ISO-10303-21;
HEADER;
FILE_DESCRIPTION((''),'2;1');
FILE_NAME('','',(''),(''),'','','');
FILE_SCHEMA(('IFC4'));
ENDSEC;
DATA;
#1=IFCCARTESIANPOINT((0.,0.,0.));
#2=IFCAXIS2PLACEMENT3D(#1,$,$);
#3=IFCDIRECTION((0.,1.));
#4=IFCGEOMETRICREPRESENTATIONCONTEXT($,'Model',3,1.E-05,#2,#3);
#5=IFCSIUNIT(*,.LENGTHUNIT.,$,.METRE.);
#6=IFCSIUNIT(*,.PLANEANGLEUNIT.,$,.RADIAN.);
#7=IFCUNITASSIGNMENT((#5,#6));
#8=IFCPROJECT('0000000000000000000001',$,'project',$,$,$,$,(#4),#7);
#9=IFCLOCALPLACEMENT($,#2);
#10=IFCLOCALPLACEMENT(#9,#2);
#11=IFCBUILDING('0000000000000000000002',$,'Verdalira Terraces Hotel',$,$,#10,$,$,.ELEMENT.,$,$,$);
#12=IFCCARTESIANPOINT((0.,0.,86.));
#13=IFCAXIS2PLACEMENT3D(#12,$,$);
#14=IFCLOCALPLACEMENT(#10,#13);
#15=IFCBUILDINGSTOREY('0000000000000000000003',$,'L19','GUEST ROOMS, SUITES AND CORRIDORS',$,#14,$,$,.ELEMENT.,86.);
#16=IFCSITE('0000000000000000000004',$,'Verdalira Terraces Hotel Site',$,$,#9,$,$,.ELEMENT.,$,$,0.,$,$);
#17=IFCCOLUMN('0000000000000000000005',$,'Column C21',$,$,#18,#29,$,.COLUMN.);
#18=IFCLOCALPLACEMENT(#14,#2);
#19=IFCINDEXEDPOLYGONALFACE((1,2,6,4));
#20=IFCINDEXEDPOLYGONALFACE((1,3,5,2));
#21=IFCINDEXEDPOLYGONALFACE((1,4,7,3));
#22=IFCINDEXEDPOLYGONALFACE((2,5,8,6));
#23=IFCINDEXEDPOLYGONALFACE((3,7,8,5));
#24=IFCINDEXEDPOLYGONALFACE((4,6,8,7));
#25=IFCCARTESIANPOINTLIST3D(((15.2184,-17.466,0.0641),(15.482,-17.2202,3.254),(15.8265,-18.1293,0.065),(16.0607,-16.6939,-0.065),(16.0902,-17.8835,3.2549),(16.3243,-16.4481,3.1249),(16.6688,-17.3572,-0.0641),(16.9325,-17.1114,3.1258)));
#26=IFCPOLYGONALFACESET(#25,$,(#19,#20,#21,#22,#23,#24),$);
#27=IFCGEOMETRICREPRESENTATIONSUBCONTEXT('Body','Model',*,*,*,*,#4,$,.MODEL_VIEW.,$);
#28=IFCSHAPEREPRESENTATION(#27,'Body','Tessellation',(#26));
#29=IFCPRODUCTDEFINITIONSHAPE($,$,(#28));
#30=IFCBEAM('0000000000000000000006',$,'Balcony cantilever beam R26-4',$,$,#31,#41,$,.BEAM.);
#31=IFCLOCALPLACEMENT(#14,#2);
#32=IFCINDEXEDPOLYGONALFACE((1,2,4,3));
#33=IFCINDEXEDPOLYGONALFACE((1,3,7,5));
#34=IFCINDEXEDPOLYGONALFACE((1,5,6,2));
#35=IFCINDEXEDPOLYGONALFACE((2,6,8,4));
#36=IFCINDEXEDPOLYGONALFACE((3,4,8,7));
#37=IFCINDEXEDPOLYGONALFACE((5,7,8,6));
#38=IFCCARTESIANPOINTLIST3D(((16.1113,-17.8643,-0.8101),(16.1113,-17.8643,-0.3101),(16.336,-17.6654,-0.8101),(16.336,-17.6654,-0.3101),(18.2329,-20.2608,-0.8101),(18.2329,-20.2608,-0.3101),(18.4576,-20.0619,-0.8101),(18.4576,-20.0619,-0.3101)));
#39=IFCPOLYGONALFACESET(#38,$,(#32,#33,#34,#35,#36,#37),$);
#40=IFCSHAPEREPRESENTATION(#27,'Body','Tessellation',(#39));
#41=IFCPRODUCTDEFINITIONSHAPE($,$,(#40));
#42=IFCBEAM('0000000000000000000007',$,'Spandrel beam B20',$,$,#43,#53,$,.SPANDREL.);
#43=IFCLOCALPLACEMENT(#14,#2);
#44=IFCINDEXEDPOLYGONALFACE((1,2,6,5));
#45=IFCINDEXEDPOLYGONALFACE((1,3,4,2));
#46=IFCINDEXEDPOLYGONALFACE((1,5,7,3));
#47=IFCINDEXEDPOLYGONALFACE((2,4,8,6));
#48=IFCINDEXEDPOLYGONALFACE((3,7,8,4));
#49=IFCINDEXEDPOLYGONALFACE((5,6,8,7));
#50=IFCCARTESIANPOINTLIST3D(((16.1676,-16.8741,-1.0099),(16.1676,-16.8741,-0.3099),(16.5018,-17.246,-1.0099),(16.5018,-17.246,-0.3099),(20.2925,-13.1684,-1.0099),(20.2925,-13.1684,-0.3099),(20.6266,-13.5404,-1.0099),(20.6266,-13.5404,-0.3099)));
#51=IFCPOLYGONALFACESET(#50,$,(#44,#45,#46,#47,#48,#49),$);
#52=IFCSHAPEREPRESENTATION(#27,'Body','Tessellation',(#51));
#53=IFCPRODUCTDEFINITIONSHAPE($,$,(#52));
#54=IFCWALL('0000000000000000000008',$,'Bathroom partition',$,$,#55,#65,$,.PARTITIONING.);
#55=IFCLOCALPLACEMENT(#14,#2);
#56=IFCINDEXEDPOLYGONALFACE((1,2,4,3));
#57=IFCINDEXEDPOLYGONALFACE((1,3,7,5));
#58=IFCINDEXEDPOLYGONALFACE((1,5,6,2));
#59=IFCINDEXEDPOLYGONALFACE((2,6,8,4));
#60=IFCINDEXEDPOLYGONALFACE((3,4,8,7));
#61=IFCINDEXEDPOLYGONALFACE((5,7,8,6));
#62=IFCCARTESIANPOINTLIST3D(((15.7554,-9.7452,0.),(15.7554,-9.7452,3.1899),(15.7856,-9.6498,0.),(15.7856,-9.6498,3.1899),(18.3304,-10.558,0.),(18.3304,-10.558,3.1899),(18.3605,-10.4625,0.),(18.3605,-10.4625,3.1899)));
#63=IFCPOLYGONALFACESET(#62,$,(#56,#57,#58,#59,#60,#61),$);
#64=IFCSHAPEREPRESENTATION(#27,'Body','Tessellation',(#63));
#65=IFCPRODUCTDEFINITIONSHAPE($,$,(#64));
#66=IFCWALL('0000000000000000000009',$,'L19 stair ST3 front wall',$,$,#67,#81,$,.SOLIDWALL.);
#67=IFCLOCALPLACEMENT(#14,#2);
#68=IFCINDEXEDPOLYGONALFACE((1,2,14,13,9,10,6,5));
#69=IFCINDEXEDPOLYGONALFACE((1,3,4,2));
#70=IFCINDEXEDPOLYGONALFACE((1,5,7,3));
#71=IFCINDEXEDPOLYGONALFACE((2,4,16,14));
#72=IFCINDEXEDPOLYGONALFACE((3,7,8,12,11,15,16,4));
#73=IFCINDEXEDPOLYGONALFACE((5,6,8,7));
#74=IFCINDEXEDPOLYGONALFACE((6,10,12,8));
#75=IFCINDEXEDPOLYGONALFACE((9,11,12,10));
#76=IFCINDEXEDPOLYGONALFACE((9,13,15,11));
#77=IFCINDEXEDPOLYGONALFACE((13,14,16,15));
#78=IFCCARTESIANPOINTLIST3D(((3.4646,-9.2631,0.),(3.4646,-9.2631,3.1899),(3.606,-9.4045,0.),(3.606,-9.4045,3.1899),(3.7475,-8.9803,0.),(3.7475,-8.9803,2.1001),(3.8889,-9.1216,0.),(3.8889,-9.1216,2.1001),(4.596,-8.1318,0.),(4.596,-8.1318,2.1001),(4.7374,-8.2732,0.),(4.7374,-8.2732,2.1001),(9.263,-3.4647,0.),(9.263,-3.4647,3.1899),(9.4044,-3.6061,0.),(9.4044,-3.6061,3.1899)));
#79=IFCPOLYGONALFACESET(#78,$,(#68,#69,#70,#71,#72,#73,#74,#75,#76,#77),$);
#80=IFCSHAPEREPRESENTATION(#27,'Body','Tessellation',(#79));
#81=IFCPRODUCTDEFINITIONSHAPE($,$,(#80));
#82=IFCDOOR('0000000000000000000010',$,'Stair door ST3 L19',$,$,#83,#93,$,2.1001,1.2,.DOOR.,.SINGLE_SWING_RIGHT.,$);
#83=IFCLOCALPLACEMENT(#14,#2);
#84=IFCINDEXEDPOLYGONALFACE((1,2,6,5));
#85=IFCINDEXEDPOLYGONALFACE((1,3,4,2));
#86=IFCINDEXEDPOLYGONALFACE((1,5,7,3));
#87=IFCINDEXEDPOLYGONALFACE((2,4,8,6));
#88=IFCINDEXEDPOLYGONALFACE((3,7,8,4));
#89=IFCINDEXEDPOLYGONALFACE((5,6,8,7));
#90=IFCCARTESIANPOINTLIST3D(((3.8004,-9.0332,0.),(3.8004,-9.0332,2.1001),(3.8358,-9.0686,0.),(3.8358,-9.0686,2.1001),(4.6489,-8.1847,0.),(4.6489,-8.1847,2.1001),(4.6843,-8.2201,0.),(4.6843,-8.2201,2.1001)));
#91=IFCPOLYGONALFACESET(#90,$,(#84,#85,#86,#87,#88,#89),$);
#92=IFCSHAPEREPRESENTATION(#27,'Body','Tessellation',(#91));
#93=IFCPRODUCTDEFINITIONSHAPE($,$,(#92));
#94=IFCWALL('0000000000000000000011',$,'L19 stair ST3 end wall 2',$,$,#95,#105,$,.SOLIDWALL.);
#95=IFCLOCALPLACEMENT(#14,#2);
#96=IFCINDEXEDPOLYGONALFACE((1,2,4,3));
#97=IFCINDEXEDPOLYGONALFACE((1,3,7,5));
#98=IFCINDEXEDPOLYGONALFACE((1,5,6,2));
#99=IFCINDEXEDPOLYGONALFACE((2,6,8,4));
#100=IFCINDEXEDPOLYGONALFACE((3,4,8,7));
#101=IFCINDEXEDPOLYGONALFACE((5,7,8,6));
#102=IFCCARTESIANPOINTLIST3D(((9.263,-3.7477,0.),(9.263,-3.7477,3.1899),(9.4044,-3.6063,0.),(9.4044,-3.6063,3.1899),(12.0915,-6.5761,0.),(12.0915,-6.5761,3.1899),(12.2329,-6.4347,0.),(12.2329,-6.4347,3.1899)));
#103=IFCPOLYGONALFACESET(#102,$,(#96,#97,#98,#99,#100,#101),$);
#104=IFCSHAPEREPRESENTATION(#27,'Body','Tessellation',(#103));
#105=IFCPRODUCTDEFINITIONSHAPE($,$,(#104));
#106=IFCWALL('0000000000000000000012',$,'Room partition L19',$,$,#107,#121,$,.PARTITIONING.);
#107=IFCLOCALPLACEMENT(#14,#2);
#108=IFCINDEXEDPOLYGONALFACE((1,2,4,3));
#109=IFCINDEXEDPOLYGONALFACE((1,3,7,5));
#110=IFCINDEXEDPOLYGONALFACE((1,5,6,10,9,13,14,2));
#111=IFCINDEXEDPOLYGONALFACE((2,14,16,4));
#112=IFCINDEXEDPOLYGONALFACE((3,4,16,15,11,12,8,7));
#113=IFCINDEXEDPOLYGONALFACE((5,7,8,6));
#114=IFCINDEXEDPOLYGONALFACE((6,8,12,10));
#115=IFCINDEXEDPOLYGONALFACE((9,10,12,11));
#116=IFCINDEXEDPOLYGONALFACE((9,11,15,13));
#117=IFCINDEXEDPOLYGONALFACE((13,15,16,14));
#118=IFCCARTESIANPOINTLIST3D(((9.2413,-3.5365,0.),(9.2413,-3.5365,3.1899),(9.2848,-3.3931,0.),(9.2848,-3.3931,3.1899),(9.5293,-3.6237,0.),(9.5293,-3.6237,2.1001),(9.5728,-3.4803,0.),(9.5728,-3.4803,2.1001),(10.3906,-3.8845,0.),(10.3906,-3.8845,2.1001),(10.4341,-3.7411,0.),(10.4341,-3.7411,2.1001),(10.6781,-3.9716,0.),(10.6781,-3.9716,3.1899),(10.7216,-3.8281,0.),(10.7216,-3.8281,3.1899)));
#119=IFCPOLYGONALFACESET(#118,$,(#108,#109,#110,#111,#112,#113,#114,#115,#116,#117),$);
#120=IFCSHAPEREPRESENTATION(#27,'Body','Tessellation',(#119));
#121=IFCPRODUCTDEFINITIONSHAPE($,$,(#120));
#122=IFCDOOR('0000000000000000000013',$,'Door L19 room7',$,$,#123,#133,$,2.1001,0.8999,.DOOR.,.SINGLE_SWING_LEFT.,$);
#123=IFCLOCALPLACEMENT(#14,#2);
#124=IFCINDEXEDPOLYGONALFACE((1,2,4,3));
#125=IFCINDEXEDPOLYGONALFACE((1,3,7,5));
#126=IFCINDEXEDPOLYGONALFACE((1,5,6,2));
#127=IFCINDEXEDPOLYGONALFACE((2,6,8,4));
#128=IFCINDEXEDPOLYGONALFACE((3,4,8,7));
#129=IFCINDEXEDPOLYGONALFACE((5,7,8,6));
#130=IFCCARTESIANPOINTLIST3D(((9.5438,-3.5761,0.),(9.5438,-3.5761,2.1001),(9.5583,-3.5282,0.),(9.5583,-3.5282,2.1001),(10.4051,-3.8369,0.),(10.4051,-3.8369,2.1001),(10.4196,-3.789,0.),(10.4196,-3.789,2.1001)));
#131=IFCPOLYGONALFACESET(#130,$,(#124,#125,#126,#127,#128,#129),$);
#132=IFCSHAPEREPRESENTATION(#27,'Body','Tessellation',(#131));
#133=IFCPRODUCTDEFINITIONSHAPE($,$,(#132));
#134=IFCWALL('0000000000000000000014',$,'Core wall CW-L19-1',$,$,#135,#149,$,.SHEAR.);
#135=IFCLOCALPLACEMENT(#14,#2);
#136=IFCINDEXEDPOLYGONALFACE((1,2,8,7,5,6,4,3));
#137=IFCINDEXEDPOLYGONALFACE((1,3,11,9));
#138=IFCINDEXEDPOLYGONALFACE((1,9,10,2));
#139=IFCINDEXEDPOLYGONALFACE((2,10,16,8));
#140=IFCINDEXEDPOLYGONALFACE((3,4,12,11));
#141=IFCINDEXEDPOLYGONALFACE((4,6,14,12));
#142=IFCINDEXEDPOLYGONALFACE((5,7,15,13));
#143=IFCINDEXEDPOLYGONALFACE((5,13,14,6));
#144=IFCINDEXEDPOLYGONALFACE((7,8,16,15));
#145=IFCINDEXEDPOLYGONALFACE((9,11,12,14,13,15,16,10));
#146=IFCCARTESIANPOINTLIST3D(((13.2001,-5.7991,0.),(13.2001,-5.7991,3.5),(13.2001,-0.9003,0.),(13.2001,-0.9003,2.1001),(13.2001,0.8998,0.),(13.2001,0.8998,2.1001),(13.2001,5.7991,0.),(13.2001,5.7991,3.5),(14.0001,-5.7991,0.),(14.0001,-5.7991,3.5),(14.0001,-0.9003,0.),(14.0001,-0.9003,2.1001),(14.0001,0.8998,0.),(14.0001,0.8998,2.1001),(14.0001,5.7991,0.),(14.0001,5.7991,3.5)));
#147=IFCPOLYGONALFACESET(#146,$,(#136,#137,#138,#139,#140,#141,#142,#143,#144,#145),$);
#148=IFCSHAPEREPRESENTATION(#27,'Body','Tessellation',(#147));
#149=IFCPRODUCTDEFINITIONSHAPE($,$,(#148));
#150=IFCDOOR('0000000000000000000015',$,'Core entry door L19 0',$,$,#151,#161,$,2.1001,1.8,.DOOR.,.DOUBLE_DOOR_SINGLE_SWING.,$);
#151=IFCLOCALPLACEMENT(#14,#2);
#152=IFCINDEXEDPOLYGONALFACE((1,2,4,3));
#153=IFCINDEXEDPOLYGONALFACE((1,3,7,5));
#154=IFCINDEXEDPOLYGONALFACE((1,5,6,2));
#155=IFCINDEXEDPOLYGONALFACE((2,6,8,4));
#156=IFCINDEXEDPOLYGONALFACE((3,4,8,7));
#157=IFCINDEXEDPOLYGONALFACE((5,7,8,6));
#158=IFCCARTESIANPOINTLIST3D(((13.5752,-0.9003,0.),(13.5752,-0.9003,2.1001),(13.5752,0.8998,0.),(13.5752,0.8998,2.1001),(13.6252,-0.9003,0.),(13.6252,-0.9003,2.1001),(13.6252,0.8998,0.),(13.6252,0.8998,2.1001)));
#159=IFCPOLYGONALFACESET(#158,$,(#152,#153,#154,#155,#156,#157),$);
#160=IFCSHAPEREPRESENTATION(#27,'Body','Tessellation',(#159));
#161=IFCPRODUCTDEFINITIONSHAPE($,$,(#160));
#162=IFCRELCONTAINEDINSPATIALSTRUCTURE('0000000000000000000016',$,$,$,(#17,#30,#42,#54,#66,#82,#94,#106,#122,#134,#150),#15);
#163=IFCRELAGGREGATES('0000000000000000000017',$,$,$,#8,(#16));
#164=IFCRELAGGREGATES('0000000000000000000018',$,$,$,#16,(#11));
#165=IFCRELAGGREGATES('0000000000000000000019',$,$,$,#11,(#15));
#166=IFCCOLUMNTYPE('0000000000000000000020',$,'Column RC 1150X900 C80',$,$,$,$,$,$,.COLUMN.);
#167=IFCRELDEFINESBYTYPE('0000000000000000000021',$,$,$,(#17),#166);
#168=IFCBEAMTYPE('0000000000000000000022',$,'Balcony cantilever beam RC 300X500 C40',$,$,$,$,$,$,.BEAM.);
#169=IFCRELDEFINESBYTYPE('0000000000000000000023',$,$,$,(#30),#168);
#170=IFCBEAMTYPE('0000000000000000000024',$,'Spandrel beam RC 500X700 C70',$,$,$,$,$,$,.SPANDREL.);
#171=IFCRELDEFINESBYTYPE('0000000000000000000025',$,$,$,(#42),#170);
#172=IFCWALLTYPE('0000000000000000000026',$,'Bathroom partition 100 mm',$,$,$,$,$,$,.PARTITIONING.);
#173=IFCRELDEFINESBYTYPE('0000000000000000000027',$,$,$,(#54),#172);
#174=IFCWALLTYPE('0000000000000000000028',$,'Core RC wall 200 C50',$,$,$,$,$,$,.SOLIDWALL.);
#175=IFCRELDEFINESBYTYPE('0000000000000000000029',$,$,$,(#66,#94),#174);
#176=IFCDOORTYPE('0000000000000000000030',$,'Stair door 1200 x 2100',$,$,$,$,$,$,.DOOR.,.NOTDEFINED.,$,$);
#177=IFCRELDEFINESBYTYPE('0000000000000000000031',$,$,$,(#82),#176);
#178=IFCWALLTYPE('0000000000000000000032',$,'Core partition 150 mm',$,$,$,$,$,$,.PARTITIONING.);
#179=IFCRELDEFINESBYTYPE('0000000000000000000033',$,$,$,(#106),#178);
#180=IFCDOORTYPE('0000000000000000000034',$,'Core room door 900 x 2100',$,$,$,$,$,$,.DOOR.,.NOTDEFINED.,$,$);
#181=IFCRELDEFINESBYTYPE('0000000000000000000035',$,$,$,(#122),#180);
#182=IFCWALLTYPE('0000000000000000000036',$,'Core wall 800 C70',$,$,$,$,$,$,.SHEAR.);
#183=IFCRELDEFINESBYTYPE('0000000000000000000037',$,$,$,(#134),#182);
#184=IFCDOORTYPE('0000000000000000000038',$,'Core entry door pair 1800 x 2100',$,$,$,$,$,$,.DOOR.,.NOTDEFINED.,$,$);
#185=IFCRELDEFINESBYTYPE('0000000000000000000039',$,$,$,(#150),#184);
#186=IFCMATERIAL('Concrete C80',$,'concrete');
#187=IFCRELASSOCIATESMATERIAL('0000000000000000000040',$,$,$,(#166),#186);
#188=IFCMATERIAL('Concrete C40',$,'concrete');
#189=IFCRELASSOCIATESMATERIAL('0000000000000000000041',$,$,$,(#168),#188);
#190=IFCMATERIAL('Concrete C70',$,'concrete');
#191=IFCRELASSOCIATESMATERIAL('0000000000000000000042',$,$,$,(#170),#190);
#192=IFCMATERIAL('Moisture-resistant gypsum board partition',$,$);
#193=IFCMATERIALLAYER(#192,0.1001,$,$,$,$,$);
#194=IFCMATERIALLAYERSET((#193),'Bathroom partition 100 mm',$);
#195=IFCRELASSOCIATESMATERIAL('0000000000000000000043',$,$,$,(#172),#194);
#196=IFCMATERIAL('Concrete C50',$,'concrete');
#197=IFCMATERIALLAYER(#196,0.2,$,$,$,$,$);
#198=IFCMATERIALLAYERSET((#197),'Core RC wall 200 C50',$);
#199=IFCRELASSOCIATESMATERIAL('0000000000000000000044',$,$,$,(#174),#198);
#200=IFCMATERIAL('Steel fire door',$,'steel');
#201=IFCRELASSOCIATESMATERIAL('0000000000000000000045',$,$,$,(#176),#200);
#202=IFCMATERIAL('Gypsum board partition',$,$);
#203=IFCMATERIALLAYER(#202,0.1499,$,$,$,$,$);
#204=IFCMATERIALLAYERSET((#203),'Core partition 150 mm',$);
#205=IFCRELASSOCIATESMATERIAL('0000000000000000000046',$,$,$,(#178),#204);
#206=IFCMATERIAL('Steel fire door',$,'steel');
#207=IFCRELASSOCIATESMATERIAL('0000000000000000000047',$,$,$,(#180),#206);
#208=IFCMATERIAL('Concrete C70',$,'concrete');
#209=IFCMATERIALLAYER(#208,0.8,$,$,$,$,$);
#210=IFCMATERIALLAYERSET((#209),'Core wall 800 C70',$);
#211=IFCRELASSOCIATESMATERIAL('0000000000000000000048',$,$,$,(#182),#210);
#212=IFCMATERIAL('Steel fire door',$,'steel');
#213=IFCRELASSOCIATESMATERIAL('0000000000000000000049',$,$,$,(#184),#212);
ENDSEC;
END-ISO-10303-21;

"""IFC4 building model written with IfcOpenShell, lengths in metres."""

from ifc_helpers import new_model, si_unit, direction, frame, frame_2d, origin, origin_2d, place, context, subcontext, project, spatial, rectangle, extrude, material, layer, layer_set, material_profile, profile_set, type_object, element, fill, save


model = new_model("IFC4")

# Units and contexts
model_context = context("Model", 3, precision=1e-05, world=origin(), true_north=direction((0.0, 1.0)))
body_context = subcontext(model_context, "Body", "Model", "MODEL_VIEW")
ifc_project = project(units=[si_unit("LENGTHUNIT", "METRE"), si_unit("PLANEANGLEUNIT", "RADIAN")], contexts=[model_context])

# Site, building, storey
site_placement = place(None, origin())
site = spatial("IfcSite", under=ifc_project, at=site_placement, Name="Verdalira Terraces Hotel Site", CompositionType="ELEMENT", RefElevation=0.0)
building_placement = place(site_placement, origin())
building = spatial("IfcBuilding", under=site, at=building_placement, Name="Verdalira Terraces Hotel", CompositionType="ELEMENT")
storey_placement = place(building_placement, frame((0.0, 0.0, 86.0)))
storey = spatial("IfcBuildingStorey", under=building, at=storey_placement, Name="L19", Description="GUEST ROOMS, SUITES AND CORRIDORS", CompositionType="ELEMENT", Elevation=86.0)

# Column
ifc_material_1 = material(Name="Concrete C80", Category="concrete")
ifc_material_profile_1 = material_profile(ifc_material_1, rectangle(XDim=1.1499, YDim=0.8999, at=origin_2d()), Name="RC 1150X900")
ifc_profile_set_1 = profile_set([ifc_material_profile_1], Name="Concrete C80")
column_type = type_object("IfcColumnType", Name="Column RC 1150X900 C80", PredefinedType="COLUMN", material=ifc_profile_set_1)
column_placement = place(storey_placement, frame((15.9436, -17.4116, 0.0), z_axis=(0.082134, 0.076583, 0.993675), x_axis=(0.732491, 0.671452, -0.112295)))
element("IfcColumn", 1, at=column_placement, inside=storey, type_object=column_type, Name="Column C21", PredefinedType="COLUMN", context=body_context, shape_type="SweptSolid", body=[
    extrude(rectangle(XDim=1.1499, YDim=0.8999, at=origin_2d()), origin(), (0.0, 0.0, 1.0), 3.2102),
])

# Beams
ifc_material_2 = material(Name="Concrete C40", Category="concrete")
ifc_material_profile_2 = material_profile(ifc_material_2, rectangle(XDim=0.3, YDim=0.5, at=origin_2d()), Name="RC 300X500")
ifc_profile_set_2 = profile_set([ifc_material_profile_2], Name="Concrete C40")
beam_type_1 = type_object("IfcBeamType", Name="Balcony cantilever beam RC 300X500 C40", PredefinedType="BEAM", material=ifc_profile_set_2)
beam_1_placement = place(storey_placement, frame((16.2236, -17.7649, -0.5601), z_axis=(0.662857, -0.748746, 0.0), x_axis=(0.748746, 0.662857, 0.0)))
element("IfcBeam", 2, at=beam_1_placement, inside=storey, type_object=beam_type_1, Name="Balcony cantilever beam R26-4", PredefinedType="BEAM", context=body_context, shape_type="SweptSolid", body=[
    extrude(rectangle(XDim=0.3, YDim=0.5, at=origin_2d()), origin(), (0.0, 0.0, 1.0), 3.2007),
])
ifc_material_3 = material(Name="Concrete C70", Category="concrete")
ifc_material_profile_3 = material_profile(ifc_material_3, rectangle(XDim=0.5, YDim=0.7, at=origin_2d()), Name="RC 500X700")
ifc_profile_set_3 = profile_set([ifc_material_profile_3], Name="Concrete C70")
beam_type_2 = type_object("IfcBeamType", Name="Spandrel beam RC 500X700 C70", PredefinedType="SPANDREL", material=ifc_profile_set_3)
beam_2_placement = place(storey_placement, frame((16.3347, -17.0601, -0.6599), z_axis=(0.743896, 0.668295, 0.0), x_axis=(-0.668295, 0.743896, 0.0)))
element("IfcBeam", 3, at=beam_2_placement, inside=storey, type_object=beam_type_2, Name="Spandrel beam B20", PredefinedType="SPANDREL", context=body_context, shape_type="SweptSolid", body=[
    extrude(rectangle(XDim=0.5, YDim=0.7, at=origin_2d()), origin(), (0.0, 0.0, 1.0), 5.5449),
])

# Wall
ifc_material_4 = material(Name="Moisture-resistant gypsum board partition")
ifc_layer_1 = layer(ifc_material_4, 0.1001)
ifc_layer_set_1 = layer_set([ifc_layer_1], Name="Bathroom partition 100 mm")
wall_type_1 = type_object("IfcWallType", Name="Bathroom partition 100 mm", PredefinedType="PARTITIONING", material=ifc_layer_set_1)
wall_1_placement = place(storey_placement, frame((15.7705, -9.6975, 0.0), z_axis=(0.0, 0.0, 1.0), x_axis=(0.953625, -0.300997, 0.0)))
element("IfcWall", 4, at=wall_1_placement, inside=storey, type_object=wall_type_1, Name="Bathroom partition", PredefinedType="PARTITIONING", context=body_context, shape_type="SweptSolid", body=[
    extrude(rectangle(XDim=2.7002, YDim=0.1001, at=frame_2d((1.3501, 0.0))), origin(), (0.0, 0.0, 1.0), 3.1899),
])

# Wall, opening, door
ifc_material_5 = material(Name="Concrete C50", Category="concrete")
ifc_layer_2 = layer(ifc_material_5, 0.2)
ifc_layer_set_2 = layer_set([ifc_layer_2], Name="Core RC wall 200 C50")
wall_type_2 = type_object("IfcWallType", Name="Core RC wall 200 C50", PredefinedType="SOLIDWALL", material=ifc_layer_set_2)
wall_2_placement = place(storey_placement, frame((9.3337, -3.5354, 0.0), z_axis=(0.0, 0.0, 1.0), x_axis=(-0.707107, -0.707107, 0.0)))
wall_2 = element("IfcWall", 5, at=wall_2_placement, inside=storey, type_object=wall_type_2, Name="L19 stair ST3 front wall", PredefinedType="SOLIDWALL", context=body_context, shape_type="SweptSolid", body=[
    extrude(rectangle(XDim=8.2002, YDim=0.2, at=frame_2d((4.1001, 0.0))), origin(), (0.0, 0.0, 1.0), 3.1899),
])
opening_1_placement = place(wall_2_placement, frame((6.6001, 0.0, 0.0)))
opening_1 = element("IfcOpeningElement", 6, at=opening_1_placement, cuts=wall_2, PredefinedType="OPENING", context=body_context, shape_type="SweptSolid", body=[
    extrude(rectangle(XDim=1.2, YDim=2.1001, at=frame_2d((0.6001, 1.05))), frame((0.0, 0.1099, 0.0), z_axis=(0.0, -1.0, 0.0), x_axis=(1.0, 0.0, 0.0)), (0.0, 0.0, 1.0), 0.22),
])
ifc_material_6 = material(Name="Steel fire door", Category="steel")
door_type_1 = type_object("IfcDoorType", Name="Stair door 1200 x 2100", OperationType="NOTDEFINED", PredefinedType="DOOR", material=ifc_material_6)
door_1_placement = place(opening_1_placement, origin())
door_1 = element("IfcDoor", 7, at=door_1_placement, inside=storey, type_object=door_type_1, Name="Stair door ST3 L19", OperationType="SINGLE_SWING_RIGHT", OverallHeight=2.1001, OverallWidth=1.2, PredefinedType="DOOR", context=body_context, shape_type="SweptSolid", body=[
    extrude(rectangle(XDim=1.2, YDim=2.1001, at=frame_2d((0.6001, 1.05))), frame((0.0, 0.0249, 0.0), z_axis=(0.0, -1.0, 0.0), x_axis=(1.0, 0.0, 0.0)), (0.0, 0.0, 1.0), 0.05),
])
fill(opening_1, door_1)

# Wall
wall_3_placement = place(storey_placement, frame((9.3337, -3.677, 0.0), z_axis=(0.0, 0.0, 1.0), x_axis=(0.707107, -0.707107, 0.0)))
element("IfcWall", 8, at=wall_3_placement, inside=storey, type_object=wall_type_2, Name="L19 stair ST3 end wall 2", PredefinedType="SOLIDWALL", context=body_context, shape_type="SweptSolid", body=[
    extrude(rectangle(XDim=4.0, YDim=0.2, at=frame_2d((2.0, 0.0))), origin(), (0.0, 0.0, 1.0), 3.1899),
])

# Walls, openings, doors
ifc_material_7 = material(Name="Gypsum board partition")
ifc_layer_3 = layer(ifc_material_7, 0.1499)
ifc_layer_set_3 = layer_set([ifc_layer_3], Name="Core partition 150 mm")
wall_type_3 = type_object("IfcWallType", Name="Core partition 150 mm", PredefinedType="PARTITIONING", material=ifc_layer_set_3)
wall_4_placement = place(storey_placement, frame((9.2632, -3.4648, 0.0), z_axis=(0.0, 0.0, 1.0), x_axis=(0.957085, -0.289809, 0.0)))
wall_4 = element("IfcWall", 9, at=wall_4_placement, inside=storey, type_object=wall_type_3, Name="Room partition L19", PredefinedType="PARTITIONING", context=body_context, shape_type="SweptSolid", body=[
    extrude(rectangle(XDim=1.5012, YDim=0.1499, at=frame_2d((0.7505, 0.0))), origin(), (0.0, 0.0, 1.0), 3.1899),
])
opening_2_placement = place(wall_4_placement, frame((0.3008, 0.0, 0.0)))
opening_2 = element("IfcOpeningElement", 10, at=opening_2_placement, cuts=wall_4, PredefinedType="OPENING", context=body_context, shape_type="SweptSolid", body=[
    extrude(rectangle(XDim=0.8999, YDim=2.1001, at=frame_2d((0.45, 1.05))), frame((0.0, 0.085, 0.0), z_axis=(0.0, -1.0, 0.0), x_axis=(1.0, 0.0, 0.0)), (0.0, 0.0, 1.0), 0.1699),
])
ifc_material_8 = material(Name="Steel fire door", Category="steel")
door_type_2 = type_object("IfcDoorType", Name="Core room door 900 x 2100", OperationType="NOTDEFINED", PredefinedType="DOOR", material=ifc_material_8)
door_2_placement = place(opening_2_placement, origin())
door_2 = element("IfcDoor", 11, at=door_2_placement, inside=storey, type_object=door_type_2, Name="Door L19 room7", OperationType="SINGLE_SWING_LEFT", OverallHeight=2.1001, OverallWidth=0.8999, PredefinedType="DOOR", context=body_context, shape_type="SweptSolid", body=[
    extrude(rectangle(XDim=0.8999, YDim=2.1001, at=frame_2d((0.45, 1.05))), frame((0.0, 0.0249, 0.0), z_axis=(0.0, -1.0, 0.0), x_axis=(1.0, 0.0, 0.0)), (0.0, 0.0, 1.0), 0.05),
])
fill(opening_2, door_2)
ifc_material_9 = material(Name="Concrete C70", Category="concrete")
ifc_layer_4 = layer(ifc_material_9, 0.8)
ifc_layer_set_4 = layer_set([ifc_layer_4], Name="Core wall 800 C70")
wall_type_4 = type_object("IfcWallType", Name="Core wall 800 C70", PredefinedType="SHEAR", material=ifc_layer_set_4)
wall_5_placement = place(storey_placement, frame((13.6001, -5.7991, 0.0), z_axis=(0.0, 0.0, 1.0), x_axis=(0.0, 1.0, 0.0)))
wall_5 = element("IfcWall", 12, at=wall_5_placement, inside=storey, type_object=wall_type_4, Name="Core wall CW-L19-1", PredefinedType="SHEAR", context=body_context, shape_type="SweptSolid", body=[
    extrude(rectangle(XDim=11.5981, YDim=0.8, at=frame_2d((5.7991, 0.0))), origin(), (0.0, 0.0, 1.0), 3.5),
])
opening_3_placement = place(wall_5_placement, frame((4.8989, 0.0, 0.0)))
opening_3 = element("IfcOpeningElement", 13, at=opening_3_placement, cuts=wall_5, PredefinedType="OPENING", context=body_context, shape_type="SweptSolid", body=[
    extrude(rectangle(XDim=1.8, YDim=2.1001, at=frame_2d((0.8999, 1.05))), frame((0.0, 0.4099, 0.0), z_axis=(0.0, -1.0, 0.0), x_axis=(1.0, 0.0, 0.0)), (0.0, 0.0, 1.0), 0.8201),
])
ifc_material_10 = material(Name="Steel fire door", Category="steel")
door_type_3 = type_object("IfcDoorType", Name="Core entry door pair 1800 x 2100", OperationType="NOTDEFINED", PredefinedType="DOOR", material=ifc_material_10)
door_3_placement = place(opening_3_placement, origin())
door_3 = element("IfcDoor", 14, at=door_3_placement, inside=storey, type_object=door_type_3, Name="Core entry door L19 0", OperationType="DOUBLE_DOOR_SINGLE_SWING", OverallHeight=2.1001, OverallWidth=1.8, PredefinedType="DOOR", context=body_context, shape_type="SweptSolid", body=[
    extrude(rectangle(XDim=1.8, YDim=2.1001, at=frame_2d((0.8999, 1.05))), frame((0.0, 0.0249, 0.0), z_axis=(0.0, -1.0, 0.0), x_axis=(1.0, 0.0, 0.0)), (0.0, 0.0, 1.0), 0.05),
])
fill(opening_3, door_3)

save(model, "model.ifc")
